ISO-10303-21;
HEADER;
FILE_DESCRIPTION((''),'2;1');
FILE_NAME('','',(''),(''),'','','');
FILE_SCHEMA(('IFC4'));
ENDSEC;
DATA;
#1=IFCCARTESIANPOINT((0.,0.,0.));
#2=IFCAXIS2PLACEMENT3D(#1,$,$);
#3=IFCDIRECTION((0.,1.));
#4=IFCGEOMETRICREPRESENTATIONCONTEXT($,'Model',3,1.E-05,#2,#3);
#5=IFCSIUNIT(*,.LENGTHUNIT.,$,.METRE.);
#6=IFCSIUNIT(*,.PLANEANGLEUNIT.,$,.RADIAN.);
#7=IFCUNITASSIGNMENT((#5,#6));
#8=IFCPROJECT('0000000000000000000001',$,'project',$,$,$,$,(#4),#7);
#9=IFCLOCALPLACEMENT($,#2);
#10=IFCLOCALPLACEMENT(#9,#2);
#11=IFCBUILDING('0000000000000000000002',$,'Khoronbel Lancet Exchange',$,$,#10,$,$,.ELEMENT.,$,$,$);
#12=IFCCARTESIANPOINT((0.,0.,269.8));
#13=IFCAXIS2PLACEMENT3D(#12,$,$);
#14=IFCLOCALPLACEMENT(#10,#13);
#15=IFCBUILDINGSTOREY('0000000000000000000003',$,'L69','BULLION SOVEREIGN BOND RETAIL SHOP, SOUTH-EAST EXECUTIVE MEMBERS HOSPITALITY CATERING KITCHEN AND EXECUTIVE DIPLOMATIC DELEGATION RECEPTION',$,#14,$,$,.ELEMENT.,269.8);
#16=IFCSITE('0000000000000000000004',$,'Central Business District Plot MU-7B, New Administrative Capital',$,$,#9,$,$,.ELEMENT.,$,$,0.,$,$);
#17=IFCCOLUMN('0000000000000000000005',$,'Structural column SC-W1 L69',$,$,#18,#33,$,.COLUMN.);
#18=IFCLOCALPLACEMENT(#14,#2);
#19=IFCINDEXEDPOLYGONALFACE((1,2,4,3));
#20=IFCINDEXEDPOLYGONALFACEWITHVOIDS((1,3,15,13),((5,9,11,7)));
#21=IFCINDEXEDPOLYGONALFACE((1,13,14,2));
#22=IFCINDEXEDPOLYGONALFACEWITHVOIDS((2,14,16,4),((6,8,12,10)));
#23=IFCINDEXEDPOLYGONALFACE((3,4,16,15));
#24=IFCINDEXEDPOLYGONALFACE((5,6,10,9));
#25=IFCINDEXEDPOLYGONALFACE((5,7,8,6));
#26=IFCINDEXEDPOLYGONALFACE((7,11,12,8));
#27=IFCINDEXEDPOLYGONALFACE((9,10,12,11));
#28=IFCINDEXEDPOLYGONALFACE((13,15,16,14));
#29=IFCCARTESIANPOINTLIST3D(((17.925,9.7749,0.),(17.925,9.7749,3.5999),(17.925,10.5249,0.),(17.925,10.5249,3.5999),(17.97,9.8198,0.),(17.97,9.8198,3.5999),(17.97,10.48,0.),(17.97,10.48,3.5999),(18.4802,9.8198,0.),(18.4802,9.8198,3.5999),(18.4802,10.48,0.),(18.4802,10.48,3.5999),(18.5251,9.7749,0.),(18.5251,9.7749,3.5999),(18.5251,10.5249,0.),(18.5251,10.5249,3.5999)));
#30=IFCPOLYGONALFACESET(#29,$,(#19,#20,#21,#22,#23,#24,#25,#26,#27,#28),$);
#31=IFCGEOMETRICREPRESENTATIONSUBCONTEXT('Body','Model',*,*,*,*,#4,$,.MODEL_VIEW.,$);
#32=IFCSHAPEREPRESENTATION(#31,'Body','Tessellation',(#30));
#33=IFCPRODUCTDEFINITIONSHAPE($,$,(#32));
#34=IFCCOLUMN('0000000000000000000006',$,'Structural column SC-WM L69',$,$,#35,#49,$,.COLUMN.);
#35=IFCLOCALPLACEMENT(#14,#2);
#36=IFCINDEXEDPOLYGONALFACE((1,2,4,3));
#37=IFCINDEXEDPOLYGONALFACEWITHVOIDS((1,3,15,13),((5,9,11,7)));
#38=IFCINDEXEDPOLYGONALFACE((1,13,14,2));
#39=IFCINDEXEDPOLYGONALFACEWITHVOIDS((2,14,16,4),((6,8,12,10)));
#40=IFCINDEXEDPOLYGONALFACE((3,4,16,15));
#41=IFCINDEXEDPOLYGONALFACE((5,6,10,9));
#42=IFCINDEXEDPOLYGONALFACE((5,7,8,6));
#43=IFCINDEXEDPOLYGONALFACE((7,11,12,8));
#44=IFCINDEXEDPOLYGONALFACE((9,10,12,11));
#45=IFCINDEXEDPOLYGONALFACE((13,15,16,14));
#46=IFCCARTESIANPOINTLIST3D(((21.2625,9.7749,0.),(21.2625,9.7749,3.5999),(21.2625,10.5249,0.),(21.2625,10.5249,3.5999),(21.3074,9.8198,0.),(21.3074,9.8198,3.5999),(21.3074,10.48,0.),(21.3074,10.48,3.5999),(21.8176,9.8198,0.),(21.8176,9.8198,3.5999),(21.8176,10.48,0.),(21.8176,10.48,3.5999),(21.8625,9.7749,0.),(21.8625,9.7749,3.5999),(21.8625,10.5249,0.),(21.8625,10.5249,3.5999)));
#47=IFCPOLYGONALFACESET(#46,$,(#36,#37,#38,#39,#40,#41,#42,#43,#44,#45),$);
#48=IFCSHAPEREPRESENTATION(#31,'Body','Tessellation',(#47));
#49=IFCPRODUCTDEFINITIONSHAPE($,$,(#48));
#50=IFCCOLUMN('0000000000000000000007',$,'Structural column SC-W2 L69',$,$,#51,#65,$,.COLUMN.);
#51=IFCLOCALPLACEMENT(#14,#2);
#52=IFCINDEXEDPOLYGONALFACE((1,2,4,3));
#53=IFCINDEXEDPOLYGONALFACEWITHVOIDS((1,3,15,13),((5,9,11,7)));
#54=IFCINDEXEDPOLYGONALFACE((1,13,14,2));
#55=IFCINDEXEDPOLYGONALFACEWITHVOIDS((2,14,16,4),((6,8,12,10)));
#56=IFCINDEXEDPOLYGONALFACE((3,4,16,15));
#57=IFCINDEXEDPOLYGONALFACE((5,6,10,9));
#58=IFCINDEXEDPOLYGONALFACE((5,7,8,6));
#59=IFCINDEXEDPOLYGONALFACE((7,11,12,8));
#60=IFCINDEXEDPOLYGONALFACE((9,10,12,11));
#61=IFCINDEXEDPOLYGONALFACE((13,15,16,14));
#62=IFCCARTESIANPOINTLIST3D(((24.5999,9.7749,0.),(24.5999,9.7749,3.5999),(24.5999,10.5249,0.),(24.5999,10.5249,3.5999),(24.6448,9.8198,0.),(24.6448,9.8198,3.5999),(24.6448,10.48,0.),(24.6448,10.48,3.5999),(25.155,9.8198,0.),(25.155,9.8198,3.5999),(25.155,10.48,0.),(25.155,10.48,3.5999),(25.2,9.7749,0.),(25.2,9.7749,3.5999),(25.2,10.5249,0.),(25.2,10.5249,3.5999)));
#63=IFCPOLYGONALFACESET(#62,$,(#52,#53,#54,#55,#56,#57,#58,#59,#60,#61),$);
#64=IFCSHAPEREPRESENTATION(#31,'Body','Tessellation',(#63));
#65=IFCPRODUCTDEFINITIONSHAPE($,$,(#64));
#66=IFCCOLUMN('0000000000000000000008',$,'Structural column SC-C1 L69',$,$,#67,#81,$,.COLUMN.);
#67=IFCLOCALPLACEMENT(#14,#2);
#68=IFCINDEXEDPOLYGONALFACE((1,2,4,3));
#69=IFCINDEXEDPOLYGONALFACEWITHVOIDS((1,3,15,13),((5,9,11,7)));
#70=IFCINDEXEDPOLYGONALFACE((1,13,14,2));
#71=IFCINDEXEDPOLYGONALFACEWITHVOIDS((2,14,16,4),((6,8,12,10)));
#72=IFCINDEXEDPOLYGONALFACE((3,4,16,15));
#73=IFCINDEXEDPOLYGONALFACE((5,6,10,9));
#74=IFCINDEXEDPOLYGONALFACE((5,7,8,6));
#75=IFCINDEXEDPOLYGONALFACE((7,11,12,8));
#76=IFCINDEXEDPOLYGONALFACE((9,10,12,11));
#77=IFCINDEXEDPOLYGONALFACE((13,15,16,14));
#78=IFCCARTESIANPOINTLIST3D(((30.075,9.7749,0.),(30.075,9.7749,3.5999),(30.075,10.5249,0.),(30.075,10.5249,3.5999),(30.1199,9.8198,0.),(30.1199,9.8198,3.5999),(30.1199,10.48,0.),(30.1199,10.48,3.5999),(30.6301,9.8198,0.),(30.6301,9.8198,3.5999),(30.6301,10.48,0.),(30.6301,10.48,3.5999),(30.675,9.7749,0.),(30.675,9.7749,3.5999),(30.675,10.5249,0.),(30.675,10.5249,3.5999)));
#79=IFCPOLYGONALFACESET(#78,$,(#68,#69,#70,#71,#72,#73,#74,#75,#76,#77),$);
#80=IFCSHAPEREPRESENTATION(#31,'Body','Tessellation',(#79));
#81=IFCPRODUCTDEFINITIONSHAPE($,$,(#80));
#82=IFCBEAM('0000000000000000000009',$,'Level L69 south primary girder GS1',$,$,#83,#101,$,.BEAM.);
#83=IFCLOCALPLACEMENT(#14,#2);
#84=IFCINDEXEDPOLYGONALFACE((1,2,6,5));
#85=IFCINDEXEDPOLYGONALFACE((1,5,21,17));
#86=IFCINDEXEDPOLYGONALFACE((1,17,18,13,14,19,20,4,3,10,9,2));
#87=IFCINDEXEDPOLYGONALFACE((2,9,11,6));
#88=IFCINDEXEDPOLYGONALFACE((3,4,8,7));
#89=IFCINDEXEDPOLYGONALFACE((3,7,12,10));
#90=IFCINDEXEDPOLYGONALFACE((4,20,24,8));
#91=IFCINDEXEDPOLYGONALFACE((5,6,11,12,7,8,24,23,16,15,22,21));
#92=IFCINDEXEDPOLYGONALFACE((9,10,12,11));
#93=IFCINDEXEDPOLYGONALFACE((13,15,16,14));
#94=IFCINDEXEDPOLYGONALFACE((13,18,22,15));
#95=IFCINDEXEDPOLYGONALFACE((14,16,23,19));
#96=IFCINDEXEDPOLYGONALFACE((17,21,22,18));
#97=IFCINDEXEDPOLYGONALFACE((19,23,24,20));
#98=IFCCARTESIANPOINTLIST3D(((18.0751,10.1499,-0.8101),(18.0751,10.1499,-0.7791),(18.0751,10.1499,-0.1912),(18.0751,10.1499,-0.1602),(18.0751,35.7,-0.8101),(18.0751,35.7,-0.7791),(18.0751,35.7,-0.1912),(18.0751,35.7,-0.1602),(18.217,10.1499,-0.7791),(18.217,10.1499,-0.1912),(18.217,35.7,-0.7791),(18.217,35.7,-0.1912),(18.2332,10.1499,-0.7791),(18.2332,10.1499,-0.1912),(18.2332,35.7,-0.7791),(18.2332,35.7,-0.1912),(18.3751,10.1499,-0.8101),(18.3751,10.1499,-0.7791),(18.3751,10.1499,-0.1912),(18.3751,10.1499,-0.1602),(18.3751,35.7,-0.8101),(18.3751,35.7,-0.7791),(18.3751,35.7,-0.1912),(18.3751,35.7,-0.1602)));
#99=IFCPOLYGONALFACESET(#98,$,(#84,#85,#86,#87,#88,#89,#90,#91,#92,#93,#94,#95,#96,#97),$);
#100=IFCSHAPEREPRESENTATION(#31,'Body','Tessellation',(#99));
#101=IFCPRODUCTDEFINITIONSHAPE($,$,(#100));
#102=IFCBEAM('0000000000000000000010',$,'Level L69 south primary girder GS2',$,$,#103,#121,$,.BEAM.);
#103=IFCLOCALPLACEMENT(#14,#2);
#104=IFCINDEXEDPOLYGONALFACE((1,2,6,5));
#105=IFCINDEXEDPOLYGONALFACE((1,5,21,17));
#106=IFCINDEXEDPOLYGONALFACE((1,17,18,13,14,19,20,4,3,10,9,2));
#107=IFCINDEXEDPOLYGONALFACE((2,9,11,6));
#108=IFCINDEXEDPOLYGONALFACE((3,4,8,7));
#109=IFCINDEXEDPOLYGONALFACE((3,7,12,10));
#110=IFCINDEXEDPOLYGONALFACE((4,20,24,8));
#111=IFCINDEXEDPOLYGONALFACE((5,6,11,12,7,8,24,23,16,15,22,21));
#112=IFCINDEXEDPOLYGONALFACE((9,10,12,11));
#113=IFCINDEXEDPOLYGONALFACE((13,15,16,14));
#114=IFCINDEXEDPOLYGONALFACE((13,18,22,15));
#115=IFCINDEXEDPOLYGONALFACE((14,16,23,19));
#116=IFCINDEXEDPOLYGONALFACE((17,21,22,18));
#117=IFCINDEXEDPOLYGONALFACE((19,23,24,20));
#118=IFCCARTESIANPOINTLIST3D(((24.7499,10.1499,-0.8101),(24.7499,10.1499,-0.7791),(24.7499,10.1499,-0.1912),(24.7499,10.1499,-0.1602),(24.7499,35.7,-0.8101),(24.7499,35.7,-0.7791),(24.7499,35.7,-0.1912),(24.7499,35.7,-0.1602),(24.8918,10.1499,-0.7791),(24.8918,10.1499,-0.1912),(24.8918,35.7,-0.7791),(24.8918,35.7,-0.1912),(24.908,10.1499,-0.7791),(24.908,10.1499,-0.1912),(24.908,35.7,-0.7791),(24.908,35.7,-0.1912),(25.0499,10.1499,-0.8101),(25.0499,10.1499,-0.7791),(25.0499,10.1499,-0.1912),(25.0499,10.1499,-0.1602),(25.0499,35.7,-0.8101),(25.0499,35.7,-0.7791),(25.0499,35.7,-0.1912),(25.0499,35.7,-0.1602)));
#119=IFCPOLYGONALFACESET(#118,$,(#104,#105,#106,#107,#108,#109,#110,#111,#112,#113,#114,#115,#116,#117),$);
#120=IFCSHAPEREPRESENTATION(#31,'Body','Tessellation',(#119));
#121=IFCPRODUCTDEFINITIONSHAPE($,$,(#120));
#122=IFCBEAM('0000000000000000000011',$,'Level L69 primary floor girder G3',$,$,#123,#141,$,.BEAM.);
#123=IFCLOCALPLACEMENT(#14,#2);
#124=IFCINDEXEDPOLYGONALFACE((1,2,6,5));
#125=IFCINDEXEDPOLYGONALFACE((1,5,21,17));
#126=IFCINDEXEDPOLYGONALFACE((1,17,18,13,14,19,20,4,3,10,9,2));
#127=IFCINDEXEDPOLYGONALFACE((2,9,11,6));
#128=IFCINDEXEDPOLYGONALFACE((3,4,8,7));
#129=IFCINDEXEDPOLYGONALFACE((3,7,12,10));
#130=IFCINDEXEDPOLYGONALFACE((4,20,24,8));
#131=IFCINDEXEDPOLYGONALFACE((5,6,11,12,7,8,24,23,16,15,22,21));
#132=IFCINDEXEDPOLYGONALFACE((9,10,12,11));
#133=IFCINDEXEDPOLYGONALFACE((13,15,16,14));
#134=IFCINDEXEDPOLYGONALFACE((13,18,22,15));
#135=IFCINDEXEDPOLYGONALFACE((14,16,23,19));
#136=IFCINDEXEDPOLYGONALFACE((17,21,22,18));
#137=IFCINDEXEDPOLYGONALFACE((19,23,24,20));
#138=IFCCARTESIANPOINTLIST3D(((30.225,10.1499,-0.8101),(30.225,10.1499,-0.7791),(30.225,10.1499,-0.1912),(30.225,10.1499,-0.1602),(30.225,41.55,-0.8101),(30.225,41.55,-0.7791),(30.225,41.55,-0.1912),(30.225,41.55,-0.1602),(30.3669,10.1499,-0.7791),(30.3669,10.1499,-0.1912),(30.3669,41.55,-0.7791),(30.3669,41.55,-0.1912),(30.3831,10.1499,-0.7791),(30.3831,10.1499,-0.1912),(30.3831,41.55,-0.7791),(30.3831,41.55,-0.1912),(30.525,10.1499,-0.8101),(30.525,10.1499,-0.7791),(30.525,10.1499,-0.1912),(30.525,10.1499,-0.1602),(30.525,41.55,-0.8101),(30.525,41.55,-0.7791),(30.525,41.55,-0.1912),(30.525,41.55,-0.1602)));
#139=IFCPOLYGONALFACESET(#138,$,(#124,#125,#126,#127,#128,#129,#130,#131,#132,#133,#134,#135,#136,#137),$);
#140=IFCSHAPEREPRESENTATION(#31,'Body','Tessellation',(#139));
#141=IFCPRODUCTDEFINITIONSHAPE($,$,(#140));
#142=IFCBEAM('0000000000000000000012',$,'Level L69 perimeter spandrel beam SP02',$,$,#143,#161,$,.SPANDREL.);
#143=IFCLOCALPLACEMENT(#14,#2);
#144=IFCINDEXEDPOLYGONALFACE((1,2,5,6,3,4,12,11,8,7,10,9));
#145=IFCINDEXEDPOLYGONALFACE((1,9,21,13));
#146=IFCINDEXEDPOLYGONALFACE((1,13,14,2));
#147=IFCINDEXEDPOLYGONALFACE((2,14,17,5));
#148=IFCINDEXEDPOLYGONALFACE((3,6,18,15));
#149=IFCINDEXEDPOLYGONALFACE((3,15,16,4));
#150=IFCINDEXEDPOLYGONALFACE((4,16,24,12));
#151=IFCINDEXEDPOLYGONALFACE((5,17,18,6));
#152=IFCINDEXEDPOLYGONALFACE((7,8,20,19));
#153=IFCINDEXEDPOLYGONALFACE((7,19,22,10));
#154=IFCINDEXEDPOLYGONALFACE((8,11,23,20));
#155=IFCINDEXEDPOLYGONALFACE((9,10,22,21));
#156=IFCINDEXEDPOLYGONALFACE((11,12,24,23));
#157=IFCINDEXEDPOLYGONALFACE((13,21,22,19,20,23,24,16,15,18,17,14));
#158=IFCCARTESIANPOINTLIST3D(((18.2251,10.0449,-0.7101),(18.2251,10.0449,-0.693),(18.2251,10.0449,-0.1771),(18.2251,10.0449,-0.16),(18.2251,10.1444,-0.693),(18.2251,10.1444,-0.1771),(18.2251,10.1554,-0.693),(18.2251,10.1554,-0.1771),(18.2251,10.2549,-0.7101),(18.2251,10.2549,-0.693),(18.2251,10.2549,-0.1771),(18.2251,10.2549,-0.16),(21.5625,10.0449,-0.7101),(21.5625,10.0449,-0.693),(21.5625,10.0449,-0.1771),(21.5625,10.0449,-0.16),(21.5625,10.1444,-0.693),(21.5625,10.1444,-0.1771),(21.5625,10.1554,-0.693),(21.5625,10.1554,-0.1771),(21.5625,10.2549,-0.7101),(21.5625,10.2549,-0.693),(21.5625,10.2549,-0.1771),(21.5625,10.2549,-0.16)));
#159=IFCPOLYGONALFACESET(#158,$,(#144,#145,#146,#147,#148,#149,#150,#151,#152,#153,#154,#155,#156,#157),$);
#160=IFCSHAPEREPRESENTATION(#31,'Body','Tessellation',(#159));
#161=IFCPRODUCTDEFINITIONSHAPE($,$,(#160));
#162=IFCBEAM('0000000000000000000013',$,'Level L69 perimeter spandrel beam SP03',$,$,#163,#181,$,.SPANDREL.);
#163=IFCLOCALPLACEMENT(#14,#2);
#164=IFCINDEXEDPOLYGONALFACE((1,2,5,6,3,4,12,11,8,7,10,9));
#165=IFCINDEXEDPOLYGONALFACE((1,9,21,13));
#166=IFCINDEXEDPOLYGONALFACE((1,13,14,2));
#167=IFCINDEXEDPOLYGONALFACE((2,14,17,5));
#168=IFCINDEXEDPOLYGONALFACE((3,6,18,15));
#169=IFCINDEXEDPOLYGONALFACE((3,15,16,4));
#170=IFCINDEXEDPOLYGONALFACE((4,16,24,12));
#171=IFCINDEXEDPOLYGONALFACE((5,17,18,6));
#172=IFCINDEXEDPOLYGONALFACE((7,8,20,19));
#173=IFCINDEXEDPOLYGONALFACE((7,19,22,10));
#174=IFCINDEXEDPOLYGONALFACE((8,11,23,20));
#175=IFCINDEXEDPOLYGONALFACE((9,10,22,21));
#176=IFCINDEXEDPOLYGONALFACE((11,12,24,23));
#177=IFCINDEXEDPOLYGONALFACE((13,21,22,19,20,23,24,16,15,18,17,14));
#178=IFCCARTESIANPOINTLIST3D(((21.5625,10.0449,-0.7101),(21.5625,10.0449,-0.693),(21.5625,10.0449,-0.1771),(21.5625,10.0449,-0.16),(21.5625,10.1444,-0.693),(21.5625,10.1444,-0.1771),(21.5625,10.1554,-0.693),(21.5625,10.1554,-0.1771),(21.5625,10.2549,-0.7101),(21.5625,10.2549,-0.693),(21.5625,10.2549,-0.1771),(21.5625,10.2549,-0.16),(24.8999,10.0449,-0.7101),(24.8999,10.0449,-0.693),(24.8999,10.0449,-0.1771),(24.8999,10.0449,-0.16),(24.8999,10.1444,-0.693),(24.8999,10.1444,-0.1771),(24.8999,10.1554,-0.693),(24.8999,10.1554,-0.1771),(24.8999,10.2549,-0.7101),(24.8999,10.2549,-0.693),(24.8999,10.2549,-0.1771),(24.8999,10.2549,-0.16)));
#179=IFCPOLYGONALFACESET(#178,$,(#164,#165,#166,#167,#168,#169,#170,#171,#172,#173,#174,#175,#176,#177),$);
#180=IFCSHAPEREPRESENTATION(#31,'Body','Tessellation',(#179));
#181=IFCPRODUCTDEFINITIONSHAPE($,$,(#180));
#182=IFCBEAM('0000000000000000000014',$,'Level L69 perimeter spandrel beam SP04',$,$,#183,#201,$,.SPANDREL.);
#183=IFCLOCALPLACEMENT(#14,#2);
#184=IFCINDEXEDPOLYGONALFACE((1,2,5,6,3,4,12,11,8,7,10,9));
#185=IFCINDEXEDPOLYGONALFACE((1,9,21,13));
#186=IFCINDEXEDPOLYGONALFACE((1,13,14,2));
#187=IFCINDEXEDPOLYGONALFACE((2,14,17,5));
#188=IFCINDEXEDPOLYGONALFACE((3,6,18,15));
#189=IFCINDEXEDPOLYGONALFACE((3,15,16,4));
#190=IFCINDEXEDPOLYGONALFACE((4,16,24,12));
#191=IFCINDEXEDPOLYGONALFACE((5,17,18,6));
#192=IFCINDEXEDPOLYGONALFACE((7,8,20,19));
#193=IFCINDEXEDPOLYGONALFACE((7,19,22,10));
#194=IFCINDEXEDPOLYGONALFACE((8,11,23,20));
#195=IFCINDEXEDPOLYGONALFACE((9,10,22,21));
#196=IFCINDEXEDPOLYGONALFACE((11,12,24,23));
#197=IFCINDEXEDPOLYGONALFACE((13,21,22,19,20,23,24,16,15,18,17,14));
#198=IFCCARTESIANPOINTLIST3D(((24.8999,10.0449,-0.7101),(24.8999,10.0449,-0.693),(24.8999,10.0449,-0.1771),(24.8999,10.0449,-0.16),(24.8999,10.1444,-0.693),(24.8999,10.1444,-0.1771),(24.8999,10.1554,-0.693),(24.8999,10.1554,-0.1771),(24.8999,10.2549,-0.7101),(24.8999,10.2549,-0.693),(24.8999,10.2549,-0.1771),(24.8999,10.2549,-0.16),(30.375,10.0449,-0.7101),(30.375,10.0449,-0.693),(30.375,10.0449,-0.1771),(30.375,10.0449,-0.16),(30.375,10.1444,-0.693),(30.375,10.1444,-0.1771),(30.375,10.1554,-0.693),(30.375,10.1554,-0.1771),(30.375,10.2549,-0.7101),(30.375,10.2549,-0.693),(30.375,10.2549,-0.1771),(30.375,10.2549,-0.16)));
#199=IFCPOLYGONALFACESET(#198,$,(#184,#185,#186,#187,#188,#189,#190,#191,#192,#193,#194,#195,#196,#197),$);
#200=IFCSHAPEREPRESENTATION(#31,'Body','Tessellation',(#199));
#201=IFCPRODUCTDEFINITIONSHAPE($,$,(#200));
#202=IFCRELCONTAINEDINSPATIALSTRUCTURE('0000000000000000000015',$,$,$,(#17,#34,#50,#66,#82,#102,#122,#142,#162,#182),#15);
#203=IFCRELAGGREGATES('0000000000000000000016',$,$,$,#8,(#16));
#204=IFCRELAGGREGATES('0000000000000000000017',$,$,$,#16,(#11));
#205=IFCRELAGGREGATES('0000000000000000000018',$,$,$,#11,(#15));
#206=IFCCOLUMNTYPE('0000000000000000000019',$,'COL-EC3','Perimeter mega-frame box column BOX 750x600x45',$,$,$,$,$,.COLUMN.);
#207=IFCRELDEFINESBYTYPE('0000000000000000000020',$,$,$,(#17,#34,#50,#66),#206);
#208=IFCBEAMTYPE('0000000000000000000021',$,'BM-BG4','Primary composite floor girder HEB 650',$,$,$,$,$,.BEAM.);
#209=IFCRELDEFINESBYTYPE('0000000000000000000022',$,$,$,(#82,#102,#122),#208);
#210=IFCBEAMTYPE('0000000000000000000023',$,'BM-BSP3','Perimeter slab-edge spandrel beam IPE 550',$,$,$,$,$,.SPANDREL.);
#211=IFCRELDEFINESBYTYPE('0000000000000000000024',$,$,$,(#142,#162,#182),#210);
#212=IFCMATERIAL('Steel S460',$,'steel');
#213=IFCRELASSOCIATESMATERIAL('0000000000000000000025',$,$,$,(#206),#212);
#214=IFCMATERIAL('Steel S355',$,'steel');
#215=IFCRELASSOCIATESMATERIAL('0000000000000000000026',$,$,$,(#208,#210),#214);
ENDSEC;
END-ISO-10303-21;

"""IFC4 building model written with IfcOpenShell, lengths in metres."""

from ifc_helpers import new_model, si_unit, direction, frame, origin, origin_2d, place, context, subcontext, project, spatial, hollow_rectangle, i_section, extrude, material, material_profile, profile_set, type_object, element, save


model = new_model("IFC4")

# Units and contexts
model_context = context("Model", 3, precision=1e-05, world=origin(), true_north=direction((0.0, 1.0)))
body_context = subcontext(model_context, "Body", "Model", "MODEL_VIEW")
ifc_project = project(units=[si_unit("LENGTHUNIT", "METRE"), si_unit("PLANEANGLEUNIT", "RADIAN")], contexts=[model_context])

# Site, building, storey
site_placement = place(None, origin())
site = spatial("IfcSite", under=ifc_project, at=site_placement, Name="Central Business District Plot MU-7B, New Administrative Capital", CompositionType="ELEMENT", RefElevation=0.0)
building_placement = place(site_placement, origin())
building = spatial("IfcBuilding", under=site, at=building_placement, Name="Khoronbel Lancet Exchange", CompositionType="ELEMENT")
storey_placement = place(building_placement, frame((0.0, 0.0, 269.8)))
storey = spatial("IfcBuildingStorey", under=building, at=storey_placement, Name="L69", Description="BULLION SOVEREIGN BOND RETAIL SHOP, SOUTH-EAST EXECUTIVE MEMBERS HOSPITALITY CATERING KITCHEN AND EXECUTIVE DIPLOMATIC DELEGATION RECEPTION", CompositionType="ELEMENT", Elevation=269.8)

# Columns
ifc_material_1 = material(Name="Steel S460", Category="steel")
ifc_material_profile_1 = material_profile(ifc_material_1, hollow_rectangle(XDim=0.6001, YDim=0.75, WallThickness=0.0449, at=origin_2d()), Name="BOX 750x600x45")
ifc_profile_set_1 = profile_set([ifc_material_profile_1], Name="Steel S460")
column_type = type_object("IfcColumnType", Name="COL-EC3", Description="Perimeter mega-frame box column BOX 750x600x45", PredefinedType="COLUMN", material=ifc_profile_set_1)
for number, where, z_axis, x_axis, name in (
    (1, (18.2251, 10.1499, 0.0), (0.0, 0.0, 1.0), (1.0, 0.0, 0.0), "Structural column SC-W1 L69"),
    (2, (21.5625, 10.1499, 0.0), (0.0, 0.0, 1.0), (1.0, 0.0, 0.0), "Structural column SC-WM L69"),
    (3, (24.8999, 10.1499, 0.0), (0.0, 0.0, 1.0), (1.0, 0.0, 0.0), "Structural column SC-W2 L69"),
    (4, (30.375, 10.1499, 0.0), (0.0, 0.0, 1.0), (1.0, 0.0, 0.0), "Structural column SC-C1 L69"),
):
    element("IfcColumn", number, at=place(storey_placement, frame(where, z_axis=z_axis, x_axis=x_axis)), inside=storey, type_object=column_type, Name=name, PredefinedType="COLUMN", context=body_context, shape_type="SweptSolid", body=[
        extrude(hollow_rectangle(XDim=0.6001, YDim=0.75, WallThickness=0.0449, at=origin_2d()), origin(), (0.0, 0.0, 1.0), 3.5999),
    ])

# Beams
ifc_material_2 = material(Name="Steel S355", Category="steel")
ifc_material_profile_2 = material_profile(ifc_material_2, i_section(OverallWidth=0.3, OverallDepth=0.6499, WebThickness=0.0161, FlangeThickness=0.031, at=origin_2d()), Name="HEB 650")
ifc_profile_set_2 = profile_set([ifc_material_profile_2], Name="Steel S355")
beam_type_1 = type_object("IfcBeamType", Name="BM-BG4", Description="Primary composite floor girder HEB 650", PredefinedType="BEAM", material=ifc_profile_set_2)
for number, where, z_axis, x_axis, name in (
    (5, (18.2251, 10.1499, -0.4851), (0.0, 1.0, 0.0), (-1.0, 0.0, 0.0), "Level L69 south primary girder GS1"),
    (6, (24.8999, 10.1499, -0.4851), (0.0, 1.0, 0.0), (-1.0, 0.0, 0.0), "Level L69 south primary girder GS2"),
):
    element("IfcBeam", number, at=place(storey_placement, frame(where, z_axis=z_axis, x_axis=x_axis)), inside=storey, type_object=beam_type_1, Name=name, PredefinedType="BEAM", context=body_context, shape_type="SweptSolid", body=[
        extrude(i_section(OverallWidth=0.3, OverallDepth=0.6499, WebThickness=0.0161, FlangeThickness=0.031, at=origin_2d()), origin(), (0.0, 0.0, 1.0), 25.55),
    ])
beam_1_placement = place(storey_placement, frame((30.375, 10.1499, -0.4851), z_axis=(0.0, 1.0, 0.0), x_axis=(-1.0, 0.0, 0.0)))
element("IfcBeam", 7, at=beam_1_placement, inside=storey, type_object=beam_type_1, Name="Level L69 primary floor girder G3", PredefinedType="BEAM", context=body_context, shape_type="SweptSolid", body=[
    extrude(i_section(OverallWidth=0.3, OverallDepth=0.6499, WebThickness=0.0161, FlangeThickness=0.031, at=origin_2d()), origin(), (0.0, 0.0, 1.0), 31.4001),
])
ifc_material_profile_3 = material_profile(ifc_material_2, i_section(OverallWidth=0.21, OverallDepth=0.55, WebThickness=0.011, FlangeThickness=0.0171, at=origin_2d()), Name="IPE 550")
ifc_profile_set_3 = profile_set([ifc_material_profile_3], Name="Steel S355")
beam_type_2 = type_object("IfcBeamType", Name="BM-BSP3", Description="Perimeter slab-edge spandrel beam IPE 550", PredefinedType="SPANDREL", material=ifc_profile_set_3)
for number, where, z_axis, x_axis, name in (
    (8, (18.2251, 10.1499, -0.4351), (1.0, 0.0, 0.0), (0.0, 1.0, 0.0), "Level L69 perimeter spandrel beam SP02"),
    (9, (21.5625, 10.1499, -0.4351), (1.0, 0.0, 0.0), (0.0, 1.0, 0.0), "Level L69 perimeter spandrel beam SP03"),
):
    element("IfcBeam", number, at=place(storey_placement, frame(where, z_axis=z_axis, x_axis=x_axis)), inside=storey, type_object=beam_type_2, Name=name, PredefinedType="SPANDREL", context=body_context, shape_type="SweptSolid", body=[
        extrude(i_section(OverallWidth=0.21, OverallDepth=0.55, WebThickness=0.011, FlangeThickness=0.0171, at=origin_2d()), origin(), (0.0, 0.0, 1.0), 3.3374),
    ])
beam_2_placement = place(storey_placement, frame((24.8999, 10.1499, -0.4351), z_axis=(1.0, 0.0, 0.0), x_axis=(0.0, 1.0, 0.0)))
element("IfcBeam", 10, at=beam_2_placement, inside=storey, type_object=beam_type_2, Name="Level L69 perimeter spandrel beam SP04", PredefinedType="SPANDREL", context=body_context, shape_type="SweptSolid", body=[
    extrude(i_section(OverallWidth=0.21, OverallDepth=0.55, WebThickness=0.011, FlangeThickness=0.0171, at=origin_2d()), origin(), (0.0, 0.0, 1.0), 5.4751),
])

save(model, "model.ifc")
